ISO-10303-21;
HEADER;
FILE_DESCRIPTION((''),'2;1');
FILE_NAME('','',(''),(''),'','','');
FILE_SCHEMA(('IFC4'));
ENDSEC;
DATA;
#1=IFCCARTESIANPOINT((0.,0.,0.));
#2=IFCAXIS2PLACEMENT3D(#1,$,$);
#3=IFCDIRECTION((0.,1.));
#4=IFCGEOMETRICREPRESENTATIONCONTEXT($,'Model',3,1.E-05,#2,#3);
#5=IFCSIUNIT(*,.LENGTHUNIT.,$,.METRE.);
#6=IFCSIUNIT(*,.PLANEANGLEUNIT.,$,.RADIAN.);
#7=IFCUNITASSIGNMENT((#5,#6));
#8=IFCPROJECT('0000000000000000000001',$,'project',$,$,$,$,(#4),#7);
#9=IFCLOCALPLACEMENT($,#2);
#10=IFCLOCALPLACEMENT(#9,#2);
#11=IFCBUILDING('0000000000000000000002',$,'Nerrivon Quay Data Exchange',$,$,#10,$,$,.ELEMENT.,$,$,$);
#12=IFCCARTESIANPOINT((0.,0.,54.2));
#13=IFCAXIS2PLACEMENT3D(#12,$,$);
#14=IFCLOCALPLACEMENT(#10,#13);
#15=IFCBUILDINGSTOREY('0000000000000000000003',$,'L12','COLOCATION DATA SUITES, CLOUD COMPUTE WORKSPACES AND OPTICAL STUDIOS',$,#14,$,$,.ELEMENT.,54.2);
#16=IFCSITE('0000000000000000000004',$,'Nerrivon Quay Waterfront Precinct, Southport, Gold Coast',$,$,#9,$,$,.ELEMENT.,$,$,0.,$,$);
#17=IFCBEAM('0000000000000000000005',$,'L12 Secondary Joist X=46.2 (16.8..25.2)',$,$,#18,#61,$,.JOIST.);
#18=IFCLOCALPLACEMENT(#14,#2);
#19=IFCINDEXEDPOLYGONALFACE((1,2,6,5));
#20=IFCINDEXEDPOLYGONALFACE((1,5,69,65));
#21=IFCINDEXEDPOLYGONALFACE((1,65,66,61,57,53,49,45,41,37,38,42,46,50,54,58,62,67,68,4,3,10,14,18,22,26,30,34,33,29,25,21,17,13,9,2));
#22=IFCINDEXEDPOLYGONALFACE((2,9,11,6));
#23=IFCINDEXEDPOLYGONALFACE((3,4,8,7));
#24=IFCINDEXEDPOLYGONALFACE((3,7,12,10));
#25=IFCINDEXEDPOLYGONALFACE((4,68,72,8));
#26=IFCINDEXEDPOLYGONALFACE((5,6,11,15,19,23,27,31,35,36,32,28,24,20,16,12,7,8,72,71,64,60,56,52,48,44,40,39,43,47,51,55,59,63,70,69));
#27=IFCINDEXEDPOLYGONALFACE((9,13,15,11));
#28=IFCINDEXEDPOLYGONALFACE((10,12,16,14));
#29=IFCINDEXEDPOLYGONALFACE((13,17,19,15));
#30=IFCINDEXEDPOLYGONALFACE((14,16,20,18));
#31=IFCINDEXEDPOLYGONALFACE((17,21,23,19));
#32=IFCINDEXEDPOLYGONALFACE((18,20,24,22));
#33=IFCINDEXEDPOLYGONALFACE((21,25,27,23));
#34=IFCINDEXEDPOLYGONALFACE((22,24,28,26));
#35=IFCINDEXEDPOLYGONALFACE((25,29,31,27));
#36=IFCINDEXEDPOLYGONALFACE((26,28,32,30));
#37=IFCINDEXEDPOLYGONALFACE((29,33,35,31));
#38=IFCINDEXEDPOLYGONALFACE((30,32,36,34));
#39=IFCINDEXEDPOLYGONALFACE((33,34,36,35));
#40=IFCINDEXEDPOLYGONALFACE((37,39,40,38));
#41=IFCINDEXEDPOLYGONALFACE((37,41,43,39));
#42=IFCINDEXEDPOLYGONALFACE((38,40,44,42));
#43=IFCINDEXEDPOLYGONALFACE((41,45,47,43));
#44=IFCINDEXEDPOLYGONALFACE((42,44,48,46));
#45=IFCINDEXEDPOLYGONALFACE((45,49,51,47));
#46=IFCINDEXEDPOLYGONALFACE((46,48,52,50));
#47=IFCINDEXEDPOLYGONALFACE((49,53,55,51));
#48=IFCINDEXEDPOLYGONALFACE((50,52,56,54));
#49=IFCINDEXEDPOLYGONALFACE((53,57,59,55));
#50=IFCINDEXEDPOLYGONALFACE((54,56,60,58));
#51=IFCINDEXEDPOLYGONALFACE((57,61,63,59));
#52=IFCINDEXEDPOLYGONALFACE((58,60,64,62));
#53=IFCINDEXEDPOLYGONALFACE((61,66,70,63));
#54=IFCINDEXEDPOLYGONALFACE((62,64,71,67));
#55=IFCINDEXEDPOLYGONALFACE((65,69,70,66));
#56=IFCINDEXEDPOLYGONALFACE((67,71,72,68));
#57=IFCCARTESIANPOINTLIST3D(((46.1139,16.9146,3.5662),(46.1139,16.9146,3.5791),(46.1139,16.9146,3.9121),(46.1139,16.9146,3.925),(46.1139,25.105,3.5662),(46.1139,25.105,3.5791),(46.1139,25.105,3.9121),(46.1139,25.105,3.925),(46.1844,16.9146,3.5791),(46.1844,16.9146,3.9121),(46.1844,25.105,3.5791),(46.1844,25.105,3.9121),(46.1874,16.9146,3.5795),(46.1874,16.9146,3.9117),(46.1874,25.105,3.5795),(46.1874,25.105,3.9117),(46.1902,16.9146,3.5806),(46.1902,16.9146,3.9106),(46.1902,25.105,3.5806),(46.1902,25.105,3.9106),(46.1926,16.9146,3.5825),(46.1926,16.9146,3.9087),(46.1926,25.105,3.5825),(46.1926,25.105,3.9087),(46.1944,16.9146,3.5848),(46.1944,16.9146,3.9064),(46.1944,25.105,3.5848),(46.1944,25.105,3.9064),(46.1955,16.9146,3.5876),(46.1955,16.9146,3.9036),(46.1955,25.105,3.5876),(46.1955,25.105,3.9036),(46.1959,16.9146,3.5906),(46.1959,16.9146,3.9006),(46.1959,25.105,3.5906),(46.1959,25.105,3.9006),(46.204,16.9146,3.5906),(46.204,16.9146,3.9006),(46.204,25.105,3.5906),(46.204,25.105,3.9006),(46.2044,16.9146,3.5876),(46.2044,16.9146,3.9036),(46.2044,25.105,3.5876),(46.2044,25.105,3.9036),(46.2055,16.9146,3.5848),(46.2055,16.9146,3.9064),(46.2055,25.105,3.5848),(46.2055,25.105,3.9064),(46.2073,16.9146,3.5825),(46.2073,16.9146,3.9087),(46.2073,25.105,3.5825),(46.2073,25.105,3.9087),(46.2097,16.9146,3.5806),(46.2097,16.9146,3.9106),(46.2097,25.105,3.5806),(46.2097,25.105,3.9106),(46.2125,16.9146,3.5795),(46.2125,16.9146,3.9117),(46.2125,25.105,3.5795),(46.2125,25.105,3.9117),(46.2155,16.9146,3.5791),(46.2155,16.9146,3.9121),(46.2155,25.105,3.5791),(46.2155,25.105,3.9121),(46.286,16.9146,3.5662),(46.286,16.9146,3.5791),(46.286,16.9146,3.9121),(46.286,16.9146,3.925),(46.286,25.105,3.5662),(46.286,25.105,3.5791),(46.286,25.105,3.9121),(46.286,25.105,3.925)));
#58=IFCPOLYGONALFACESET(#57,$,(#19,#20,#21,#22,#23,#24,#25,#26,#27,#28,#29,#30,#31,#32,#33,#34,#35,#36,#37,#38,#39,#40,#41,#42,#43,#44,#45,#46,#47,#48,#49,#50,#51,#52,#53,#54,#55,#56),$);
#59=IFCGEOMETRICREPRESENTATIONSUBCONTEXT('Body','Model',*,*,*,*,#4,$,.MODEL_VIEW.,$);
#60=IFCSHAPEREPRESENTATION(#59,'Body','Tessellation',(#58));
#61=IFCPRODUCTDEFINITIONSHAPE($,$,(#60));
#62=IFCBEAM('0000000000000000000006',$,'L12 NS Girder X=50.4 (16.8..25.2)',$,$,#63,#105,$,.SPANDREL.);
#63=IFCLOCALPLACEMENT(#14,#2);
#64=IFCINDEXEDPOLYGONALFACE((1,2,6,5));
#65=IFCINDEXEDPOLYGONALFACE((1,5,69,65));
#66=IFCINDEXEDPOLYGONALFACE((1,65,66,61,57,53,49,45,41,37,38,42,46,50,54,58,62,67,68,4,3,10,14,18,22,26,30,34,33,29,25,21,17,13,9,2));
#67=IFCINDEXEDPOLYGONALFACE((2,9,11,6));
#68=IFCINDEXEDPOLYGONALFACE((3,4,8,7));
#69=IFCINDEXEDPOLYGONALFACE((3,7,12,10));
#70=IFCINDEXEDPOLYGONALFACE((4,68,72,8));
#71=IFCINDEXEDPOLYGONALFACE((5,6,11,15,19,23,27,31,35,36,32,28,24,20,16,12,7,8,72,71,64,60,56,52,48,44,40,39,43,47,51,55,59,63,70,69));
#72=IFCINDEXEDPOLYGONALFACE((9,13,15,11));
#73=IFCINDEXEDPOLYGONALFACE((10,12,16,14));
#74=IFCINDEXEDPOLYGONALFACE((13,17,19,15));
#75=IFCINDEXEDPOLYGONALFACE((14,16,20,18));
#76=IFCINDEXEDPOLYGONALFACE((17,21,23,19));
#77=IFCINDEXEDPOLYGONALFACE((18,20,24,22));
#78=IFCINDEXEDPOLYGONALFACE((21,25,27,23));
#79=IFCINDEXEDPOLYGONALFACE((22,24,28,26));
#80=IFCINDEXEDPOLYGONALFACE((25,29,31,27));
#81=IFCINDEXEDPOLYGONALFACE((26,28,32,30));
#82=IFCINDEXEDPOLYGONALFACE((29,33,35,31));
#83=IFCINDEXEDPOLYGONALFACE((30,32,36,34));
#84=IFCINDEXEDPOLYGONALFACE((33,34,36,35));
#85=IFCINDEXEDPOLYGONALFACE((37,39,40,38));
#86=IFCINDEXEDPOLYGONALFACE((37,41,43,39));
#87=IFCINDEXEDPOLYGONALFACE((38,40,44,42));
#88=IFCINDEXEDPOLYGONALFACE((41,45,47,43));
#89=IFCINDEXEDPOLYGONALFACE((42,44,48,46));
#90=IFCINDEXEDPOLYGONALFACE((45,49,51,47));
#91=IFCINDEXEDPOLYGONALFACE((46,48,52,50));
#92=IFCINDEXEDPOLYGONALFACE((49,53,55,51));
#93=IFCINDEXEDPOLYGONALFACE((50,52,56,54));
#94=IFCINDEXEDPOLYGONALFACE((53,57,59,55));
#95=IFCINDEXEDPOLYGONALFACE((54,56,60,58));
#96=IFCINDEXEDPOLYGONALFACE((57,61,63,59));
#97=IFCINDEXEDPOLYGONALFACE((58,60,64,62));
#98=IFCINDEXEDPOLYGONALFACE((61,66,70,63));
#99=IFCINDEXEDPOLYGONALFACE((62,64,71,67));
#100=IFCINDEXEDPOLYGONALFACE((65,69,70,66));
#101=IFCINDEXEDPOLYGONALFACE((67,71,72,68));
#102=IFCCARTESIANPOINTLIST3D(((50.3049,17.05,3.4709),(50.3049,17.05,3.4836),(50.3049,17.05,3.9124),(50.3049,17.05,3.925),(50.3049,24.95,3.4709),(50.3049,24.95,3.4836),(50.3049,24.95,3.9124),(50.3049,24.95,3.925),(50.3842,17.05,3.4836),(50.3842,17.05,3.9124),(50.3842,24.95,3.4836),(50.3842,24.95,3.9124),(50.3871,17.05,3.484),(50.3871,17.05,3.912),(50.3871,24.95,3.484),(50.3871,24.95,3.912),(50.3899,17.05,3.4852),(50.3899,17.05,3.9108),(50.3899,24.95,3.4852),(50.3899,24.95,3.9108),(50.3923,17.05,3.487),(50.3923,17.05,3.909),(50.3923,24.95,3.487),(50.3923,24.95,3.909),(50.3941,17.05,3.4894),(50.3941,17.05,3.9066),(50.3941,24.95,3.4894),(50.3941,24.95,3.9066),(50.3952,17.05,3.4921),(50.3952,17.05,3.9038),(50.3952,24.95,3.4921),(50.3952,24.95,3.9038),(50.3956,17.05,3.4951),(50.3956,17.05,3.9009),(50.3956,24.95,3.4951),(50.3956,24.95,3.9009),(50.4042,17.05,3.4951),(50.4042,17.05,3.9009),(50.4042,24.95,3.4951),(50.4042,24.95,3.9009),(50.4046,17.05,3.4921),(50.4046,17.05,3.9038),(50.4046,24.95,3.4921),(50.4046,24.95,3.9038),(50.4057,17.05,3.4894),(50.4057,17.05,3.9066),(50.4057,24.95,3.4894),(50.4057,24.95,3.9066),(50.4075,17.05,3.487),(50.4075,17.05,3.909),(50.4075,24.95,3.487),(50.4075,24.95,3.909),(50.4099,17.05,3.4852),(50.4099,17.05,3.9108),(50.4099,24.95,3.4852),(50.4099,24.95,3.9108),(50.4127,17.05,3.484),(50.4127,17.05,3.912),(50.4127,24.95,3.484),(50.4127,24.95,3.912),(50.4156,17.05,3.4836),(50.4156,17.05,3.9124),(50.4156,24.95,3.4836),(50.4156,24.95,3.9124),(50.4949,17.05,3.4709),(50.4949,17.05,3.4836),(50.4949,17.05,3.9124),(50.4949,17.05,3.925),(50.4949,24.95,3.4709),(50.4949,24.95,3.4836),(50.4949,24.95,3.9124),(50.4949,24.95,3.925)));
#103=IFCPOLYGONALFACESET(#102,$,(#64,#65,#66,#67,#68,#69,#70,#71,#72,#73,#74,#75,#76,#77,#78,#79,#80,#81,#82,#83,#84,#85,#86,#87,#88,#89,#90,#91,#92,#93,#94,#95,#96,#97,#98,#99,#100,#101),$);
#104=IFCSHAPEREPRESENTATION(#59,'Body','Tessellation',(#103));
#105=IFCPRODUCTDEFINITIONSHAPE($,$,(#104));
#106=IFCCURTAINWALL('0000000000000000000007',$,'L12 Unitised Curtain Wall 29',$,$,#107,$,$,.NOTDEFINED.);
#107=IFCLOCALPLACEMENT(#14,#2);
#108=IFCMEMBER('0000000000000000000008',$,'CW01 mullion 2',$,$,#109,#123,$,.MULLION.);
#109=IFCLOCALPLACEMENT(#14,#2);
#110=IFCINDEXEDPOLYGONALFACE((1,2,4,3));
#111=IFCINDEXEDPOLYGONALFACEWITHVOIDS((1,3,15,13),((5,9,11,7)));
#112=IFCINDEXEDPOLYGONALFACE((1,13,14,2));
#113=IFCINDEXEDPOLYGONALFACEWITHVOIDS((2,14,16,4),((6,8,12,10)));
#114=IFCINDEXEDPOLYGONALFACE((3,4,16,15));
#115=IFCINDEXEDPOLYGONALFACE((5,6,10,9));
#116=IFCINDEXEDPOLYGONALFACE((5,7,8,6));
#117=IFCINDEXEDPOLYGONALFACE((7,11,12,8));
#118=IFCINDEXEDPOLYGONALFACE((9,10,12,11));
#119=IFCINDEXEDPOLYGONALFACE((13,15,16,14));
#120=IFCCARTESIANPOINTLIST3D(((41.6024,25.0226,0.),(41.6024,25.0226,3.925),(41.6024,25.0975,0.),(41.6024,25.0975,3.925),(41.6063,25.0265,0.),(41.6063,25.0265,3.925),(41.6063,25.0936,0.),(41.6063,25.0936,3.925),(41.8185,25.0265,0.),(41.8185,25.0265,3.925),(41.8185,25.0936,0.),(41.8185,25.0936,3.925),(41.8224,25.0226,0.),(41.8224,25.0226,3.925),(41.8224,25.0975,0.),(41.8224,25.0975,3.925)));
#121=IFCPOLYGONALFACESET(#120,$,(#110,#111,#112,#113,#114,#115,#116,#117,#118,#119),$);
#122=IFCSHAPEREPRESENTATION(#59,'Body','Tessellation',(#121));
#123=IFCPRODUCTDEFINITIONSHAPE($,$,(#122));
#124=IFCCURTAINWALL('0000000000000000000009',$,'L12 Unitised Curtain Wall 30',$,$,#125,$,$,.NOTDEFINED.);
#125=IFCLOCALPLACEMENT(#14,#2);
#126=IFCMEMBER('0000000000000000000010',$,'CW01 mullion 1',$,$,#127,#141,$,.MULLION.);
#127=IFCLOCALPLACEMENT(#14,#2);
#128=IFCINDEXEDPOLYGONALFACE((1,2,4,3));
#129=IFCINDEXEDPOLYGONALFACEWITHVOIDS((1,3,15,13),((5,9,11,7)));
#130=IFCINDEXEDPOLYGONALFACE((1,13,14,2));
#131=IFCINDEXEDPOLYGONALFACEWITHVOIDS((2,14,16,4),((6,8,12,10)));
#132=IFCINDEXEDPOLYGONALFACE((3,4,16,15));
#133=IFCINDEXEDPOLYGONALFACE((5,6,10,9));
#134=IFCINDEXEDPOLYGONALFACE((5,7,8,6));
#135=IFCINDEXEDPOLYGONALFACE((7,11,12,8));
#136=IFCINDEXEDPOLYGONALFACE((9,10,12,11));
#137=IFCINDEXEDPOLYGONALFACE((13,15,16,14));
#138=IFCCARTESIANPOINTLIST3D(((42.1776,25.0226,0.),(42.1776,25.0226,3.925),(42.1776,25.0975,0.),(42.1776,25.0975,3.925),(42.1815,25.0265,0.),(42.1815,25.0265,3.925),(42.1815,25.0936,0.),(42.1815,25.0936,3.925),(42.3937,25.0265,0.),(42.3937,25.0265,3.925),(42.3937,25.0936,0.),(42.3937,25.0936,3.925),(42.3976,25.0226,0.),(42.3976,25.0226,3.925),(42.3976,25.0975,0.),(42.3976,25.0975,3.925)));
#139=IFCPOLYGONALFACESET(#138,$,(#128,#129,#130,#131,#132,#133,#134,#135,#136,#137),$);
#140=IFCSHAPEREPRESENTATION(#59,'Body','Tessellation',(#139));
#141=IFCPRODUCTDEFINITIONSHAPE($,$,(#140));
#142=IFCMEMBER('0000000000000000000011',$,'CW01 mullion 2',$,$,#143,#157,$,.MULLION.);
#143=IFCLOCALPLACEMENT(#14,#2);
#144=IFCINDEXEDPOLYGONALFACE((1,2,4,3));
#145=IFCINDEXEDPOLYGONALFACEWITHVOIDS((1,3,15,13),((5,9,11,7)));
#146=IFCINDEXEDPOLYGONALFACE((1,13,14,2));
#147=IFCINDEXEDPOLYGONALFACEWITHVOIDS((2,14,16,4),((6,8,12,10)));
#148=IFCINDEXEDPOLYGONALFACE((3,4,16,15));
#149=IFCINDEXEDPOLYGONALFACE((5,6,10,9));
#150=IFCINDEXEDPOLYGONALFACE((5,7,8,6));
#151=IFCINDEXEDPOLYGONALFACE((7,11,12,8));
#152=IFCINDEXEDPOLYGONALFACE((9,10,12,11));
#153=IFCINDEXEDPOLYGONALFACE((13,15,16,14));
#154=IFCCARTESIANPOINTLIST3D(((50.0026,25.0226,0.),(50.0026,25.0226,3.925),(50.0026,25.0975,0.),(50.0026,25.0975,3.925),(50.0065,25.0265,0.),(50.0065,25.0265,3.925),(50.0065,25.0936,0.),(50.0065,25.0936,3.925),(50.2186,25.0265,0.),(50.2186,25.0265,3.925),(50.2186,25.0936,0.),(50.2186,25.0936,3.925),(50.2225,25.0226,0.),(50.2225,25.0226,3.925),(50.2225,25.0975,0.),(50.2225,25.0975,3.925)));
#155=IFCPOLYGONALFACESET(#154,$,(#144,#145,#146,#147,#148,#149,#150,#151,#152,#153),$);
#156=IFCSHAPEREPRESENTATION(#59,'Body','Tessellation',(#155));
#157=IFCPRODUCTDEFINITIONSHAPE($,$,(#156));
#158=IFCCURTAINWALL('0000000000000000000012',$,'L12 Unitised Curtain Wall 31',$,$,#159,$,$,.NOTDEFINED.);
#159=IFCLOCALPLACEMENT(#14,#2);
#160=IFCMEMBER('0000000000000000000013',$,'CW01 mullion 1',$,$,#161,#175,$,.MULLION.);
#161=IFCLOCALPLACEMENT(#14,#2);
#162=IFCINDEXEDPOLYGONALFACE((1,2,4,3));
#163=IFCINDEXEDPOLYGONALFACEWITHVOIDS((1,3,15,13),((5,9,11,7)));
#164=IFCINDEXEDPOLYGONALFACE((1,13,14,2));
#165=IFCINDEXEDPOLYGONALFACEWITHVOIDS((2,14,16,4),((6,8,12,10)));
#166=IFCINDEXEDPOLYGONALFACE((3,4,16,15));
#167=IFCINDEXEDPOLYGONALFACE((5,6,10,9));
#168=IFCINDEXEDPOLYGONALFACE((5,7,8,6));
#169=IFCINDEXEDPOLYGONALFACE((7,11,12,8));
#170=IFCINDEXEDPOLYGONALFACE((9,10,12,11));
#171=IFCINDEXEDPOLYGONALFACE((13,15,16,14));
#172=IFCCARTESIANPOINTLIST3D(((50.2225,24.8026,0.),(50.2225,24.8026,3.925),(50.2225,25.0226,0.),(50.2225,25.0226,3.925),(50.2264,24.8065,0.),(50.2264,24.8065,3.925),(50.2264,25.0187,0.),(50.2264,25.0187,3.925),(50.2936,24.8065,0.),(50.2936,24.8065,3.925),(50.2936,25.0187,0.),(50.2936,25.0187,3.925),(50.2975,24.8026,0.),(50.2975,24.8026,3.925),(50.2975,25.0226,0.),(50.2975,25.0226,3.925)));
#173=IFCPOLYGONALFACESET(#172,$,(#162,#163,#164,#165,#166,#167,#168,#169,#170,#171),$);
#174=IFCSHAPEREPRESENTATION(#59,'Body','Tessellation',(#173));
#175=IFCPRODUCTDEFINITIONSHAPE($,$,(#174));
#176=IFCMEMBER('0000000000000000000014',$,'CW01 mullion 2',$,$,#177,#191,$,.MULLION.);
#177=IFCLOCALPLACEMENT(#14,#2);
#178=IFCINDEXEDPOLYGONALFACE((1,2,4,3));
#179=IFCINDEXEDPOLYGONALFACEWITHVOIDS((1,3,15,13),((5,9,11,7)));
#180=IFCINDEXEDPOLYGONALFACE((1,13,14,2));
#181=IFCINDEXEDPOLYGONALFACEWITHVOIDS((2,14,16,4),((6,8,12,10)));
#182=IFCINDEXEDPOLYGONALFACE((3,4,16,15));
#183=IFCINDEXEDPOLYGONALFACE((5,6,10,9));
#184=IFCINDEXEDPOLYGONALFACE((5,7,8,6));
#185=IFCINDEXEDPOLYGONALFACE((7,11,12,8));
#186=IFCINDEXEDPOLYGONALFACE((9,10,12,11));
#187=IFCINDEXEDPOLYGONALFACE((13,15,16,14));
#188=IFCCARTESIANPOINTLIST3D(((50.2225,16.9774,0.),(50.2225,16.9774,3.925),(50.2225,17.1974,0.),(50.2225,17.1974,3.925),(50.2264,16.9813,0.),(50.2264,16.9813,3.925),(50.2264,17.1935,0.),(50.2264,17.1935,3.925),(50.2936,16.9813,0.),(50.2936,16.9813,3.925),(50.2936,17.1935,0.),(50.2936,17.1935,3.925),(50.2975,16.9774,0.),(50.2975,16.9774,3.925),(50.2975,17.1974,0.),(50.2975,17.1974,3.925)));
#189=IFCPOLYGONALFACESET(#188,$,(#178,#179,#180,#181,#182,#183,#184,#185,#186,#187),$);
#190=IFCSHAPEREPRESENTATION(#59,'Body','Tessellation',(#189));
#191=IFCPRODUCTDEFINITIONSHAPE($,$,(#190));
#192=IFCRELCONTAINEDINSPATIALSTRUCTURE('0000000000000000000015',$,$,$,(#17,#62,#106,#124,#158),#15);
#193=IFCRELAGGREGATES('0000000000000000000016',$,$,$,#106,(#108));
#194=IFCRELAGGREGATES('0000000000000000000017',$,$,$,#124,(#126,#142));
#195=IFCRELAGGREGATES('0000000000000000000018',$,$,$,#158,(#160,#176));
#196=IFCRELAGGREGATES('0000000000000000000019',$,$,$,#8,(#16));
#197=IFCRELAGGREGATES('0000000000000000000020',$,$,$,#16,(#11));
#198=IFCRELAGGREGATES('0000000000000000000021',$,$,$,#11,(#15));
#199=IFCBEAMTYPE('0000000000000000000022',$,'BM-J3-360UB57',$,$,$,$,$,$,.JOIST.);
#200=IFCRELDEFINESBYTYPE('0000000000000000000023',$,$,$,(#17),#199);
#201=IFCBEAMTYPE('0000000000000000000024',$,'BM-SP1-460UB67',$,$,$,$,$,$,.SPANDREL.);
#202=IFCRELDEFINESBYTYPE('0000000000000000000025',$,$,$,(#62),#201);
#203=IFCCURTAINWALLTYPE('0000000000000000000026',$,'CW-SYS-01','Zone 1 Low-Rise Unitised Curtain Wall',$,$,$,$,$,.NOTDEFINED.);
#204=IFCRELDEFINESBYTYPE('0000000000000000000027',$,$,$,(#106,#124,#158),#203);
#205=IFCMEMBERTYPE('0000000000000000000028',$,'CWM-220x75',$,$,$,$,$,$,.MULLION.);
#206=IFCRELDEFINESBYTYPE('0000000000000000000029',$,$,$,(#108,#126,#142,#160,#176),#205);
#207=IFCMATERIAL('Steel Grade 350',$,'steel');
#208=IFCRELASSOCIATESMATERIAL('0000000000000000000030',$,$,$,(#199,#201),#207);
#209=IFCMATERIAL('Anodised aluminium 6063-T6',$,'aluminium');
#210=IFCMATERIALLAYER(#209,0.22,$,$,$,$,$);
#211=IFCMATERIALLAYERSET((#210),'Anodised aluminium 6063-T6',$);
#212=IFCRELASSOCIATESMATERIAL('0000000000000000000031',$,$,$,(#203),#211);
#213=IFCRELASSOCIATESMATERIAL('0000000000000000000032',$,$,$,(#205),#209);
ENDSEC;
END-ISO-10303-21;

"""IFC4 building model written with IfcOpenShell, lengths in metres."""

from ifc_helpers import new_model, si_unit, direction, frame, origin, origin_2d, place, context, subcontext, project, spatial, hollow_rectangle, i_section, extrude, material, layer, layer_set, material_profile, profile_set, type_object, element, aggregate, save


model = new_model("IFC4")

# Units and contexts
model_context = context("Model", 3, precision=1e-05, world=origin(), true_north=direction((0.0, 1.0)))
body_context = subcontext(model_context, "Body", "Model", "MODEL_VIEW")
ifc_project = project(units=[si_unit("LENGTHUNIT", "METRE"), si_unit("PLANEANGLEUNIT", "RADIAN")], contexts=[model_context])

# Site, building, storey
site_placement = place(None, origin())
site = spatial("IfcSite", under=ifc_project, at=site_placement, Name="Nerrivon Quay Waterfront Precinct, Southport, Gold Coast", CompositionType="ELEMENT", RefElevation=0.0)
building_placement = place(site_placement, origin())
building = spatial("IfcBuilding", under=site, at=building_placement, Name="Nerrivon Quay Data Exchange", CompositionType="ELEMENT")
storey_placement = place(building_placement, frame((0.0, 0.0, 54.2)))
storey = spatial("IfcBuildingStorey", under=building, at=storey_placement, Name="L12", Description="COLOCATION DATA SUITES, CLOUD COMPUTE WORKSPACES AND OPTICAL STUDIOS", CompositionType="ELEMENT", Elevation=54.2)

# Shared definitions
ifc_material_1 = material(Name="Steel Grade 350", Category="steel")

# Beams
ifc_material_profile_1 = material_profile(ifc_material_1, i_section(OverallWidth=0.1721, OverallDepth=0.3589, WebThickness=0.0081, FlangeThickness=0.0129, FilletRadius=0.0115, at=origin_2d()), Name="360UB56.7")
ifc_profile_set_1 = profile_set([ifc_material_profile_1], Name="Steel Grade 350")
beam_type_1 = type_object("IfcBeamType", Name="BM-J3-360UB57", PredefinedType="JOIST", material=ifc_profile_set_1)
for number, where, z_axis, x_axis, name in (
    (1, (46.2, 16.9146, 3.7456), (0.0, 1.0, 0.0), (-1.0, 0.0, 0.0), "L12 Secondary Joist X=46.2 (16.8..25.2)"),
):
    element("IfcBeam", number, at=place(storey_placement, frame(where, z_axis=z_axis, x_axis=x_axis)), inside=storey, type_object=beam_type_1, Name=name, PredefinedType="JOIST", context=body_context, shape_type="SweptSolid", body=[
        extrude(i_section(OverallWidth=0.1721, OverallDepth=0.3589, WebThickness=0.0081, FlangeThickness=0.0129, FilletRadius=0.0115, at=origin_2d()), origin(), (0.0, 0.0, 1.0), 8.1904),
    ])
ifc_material_profile_2 = material_profile(ifc_material_1, i_section(OverallWidth=0.1899, OverallDepth=0.4541, WebThickness=0.0085, FlangeThickness=0.0127, FilletRadius=0.0115, at=origin_2d()), Name="460UB67.1")
ifc_profile_set_2 = profile_set([ifc_material_profile_2], Name="Steel Grade 350")
beam_type_2 = type_object("IfcBeamType", Name="BM-SP1-460UB67", PredefinedType="SPANDREL", material=ifc_profile_set_2)
beam_1_placement = place(storey_placement, frame((50.3999, 17.05, 3.698), z_axis=(0.0, 1.0, 0.0), x_axis=(-1.0, 0.0, 0.0)))
element("IfcBeam", 2, at=beam_1_placement, inside=storey, type_object=beam_type_2, Name="L12 NS Girder X=50.4 (16.8..25.2)", PredefinedType="SPANDREL", context=body_context, shape_type="SweptSolid", body=[
    extrude(i_section(OverallWidth=0.1899, OverallDepth=0.4541, WebThickness=0.0085, FlangeThickness=0.0127, FilletRadius=0.0115, at=origin_2d()), origin(), (0.0, 0.0, 1.0), 7.8999),
])

# Curtain wall, member
ifc_material_2 = material(Name="Anodised aluminium 6063-T6", Category="aluminium")
ifc_layer_1 = layer(ifc_material_2, 0.22)
ifc_layer_set_1 = layer_set([ifc_layer_1], Name="Anodised aluminium 6063-T6")
curtain_wall_type = type_object("IfcCurtainWallType", Name="CW-SYS-01", Description="Zone 1 Low-Rise Unitised Curtain Wall", PredefinedType="NOTDEFINED", material=ifc_layer_set_1)
curtain_wall_1_placement = place(storey_placement, origin())
curtain_wall_1 = element("IfcCurtainWall", 3, at=curtain_wall_1_placement, inside=storey, type_object=curtain_wall_type, Name="L12 Unitised Curtain Wall 29", PredefinedType="NOTDEFINED")
ifc_material_profile_3 = material_profile(ifc_material_2, hollow_rectangle(XDim=0.075, YDim=0.22, WallThickness=0.0039, at=origin_2d()), Name="ALU-MULL-220x75")
ifc_profile_set_3 = profile_set([ifc_material_profile_3], Name="Anodised aluminium 6063-T6")
member_type_1 = type_object("IfcMemberType", Name="CWM-220x75", PredefinedType="MULLION", material=ifc_profile_set_3)
member_1_placement = place(storey_placement, frame((41.7124, 25.0601, 0.0), z_axis=(0.0, 0.0, 1.0), x_axis=(0.0, 1.0, 0.0)))
member_1 = element("IfcMember", 4, at=member_1_placement, type_object=member_type_1, Name="CW01 mullion 2", PredefinedType="MULLION", context=body_context, shape_type="SweptSolid", body=[
    extrude(hollow_rectangle(XDim=0.075, YDim=0.22, WallThickness=0.0039, at=origin_2d()), origin(), (0.0, 0.0, 1.0), 3.925),
])

# Curtain walls, members
curtain_wall_2_placement = place(storey_placement, origin())
curtain_wall_2 = element("IfcCurtainWall", 5, at=curtain_wall_2_placement, inside=storey, type_object=curtain_wall_type, Name="L12 Unitised Curtain Wall 30", PredefinedType="NOTDEFINED")
member_2_placement = place(storey_placement, frame((42.2876, 25.0601, 0.0), z_axis=(0.0, 0.0, 1.0), x_axis=(0.0, 1.0, 0.0)))
member_2 = element("IfcMember", 6, at=member_2_placement, type_object=member_type_1, Name="CW01 mullion 1", PredefinedType="MULLION", context=body_context, shape_type="SweptSolid", body=[
    extrude(hollow_rectangle(XDim=0.075, YDim=0.22, WallThickness=0.0039, at=origin_2d()), origin(), (0.0, 0.0, 1.0), 3.925),
])
member_3_placement = place(storey_placement, frame((50.1125, 25.0601, 0.0), z_axis=(0.0, 0.0, 1.0), x_axis=(0.0, 1.0, 0.0)))
member_3 = element("IfcMember", 7, at=member_3_placement, type_object=member_type_1, Name="CW01 mullion 2", PredefinedType="MULLION", context=body_context, shape_type="SweptSolid", body=[
    extrude(hollow_rectangle(XDim=0.075, YDim=0.22, WallThickness=0.0039, at=origin_2d()), origin(), (0.0, 0.0, 1.0), 3.925),
])
curtain_wall_3_placement = place(storey_placement, origin())
curtain_wall_3 = element("IfcCurtainWall", 8, at=curtain_wall_3_placement, inside=storey, type_object=curtain_wall_type, Name="L12 Unitised Curtain Wall 31", PredefinedType="NOTDEFINED")
member_4_placement = place(storey_placement, frame((50.26, 24.9126, 0.0), z_axis=(0.0, 0.0, 1.0), x_axis=(1.0, 0.0, 0.0)))
member_4 = element("IfcMember", 9, at=member_4_placement, type_object=member_type_1, Name="CW01 mullion 1", PredefinedType="MULLION", context=body_context, shape_type="SweptSolid", body=[
    extrude(hollow_rectangle(XDim=0.075, YDim=0.22, WallThickness=0.0039, at=origin_2d()), origin(), (0.0, 0.0, 1.0), 3.925),
])
member_5_placement = place(storey_placement, frame((50.26, 17.0874, 0.0), z_axis=(0.0, 0.0, 1.0), x_axis=(1.0, 0.0, 0.0)))
member_5 = element("IfcMember", 10, at=member_5_placement, type_object=member_type_1, Name="CW01 mullion 2", PredefinedType="MULLION", context=body_context, shape_type="SweptSolid", body=[
    extrude(hollow_rectangle(XDim=0.075, YDim=0.22, WallThickness=0.0039, at=origin_2d()), origin(), (0.0, 0.0, 1.0), 3.925),
])

aggregate(curtain_wall_1, [member_1])
aggregate(curtain_wall_2, [member_2, member_3])
aggregate(curtain_wall_3, [member_4, member_5])

save(model, "model.ifc")
